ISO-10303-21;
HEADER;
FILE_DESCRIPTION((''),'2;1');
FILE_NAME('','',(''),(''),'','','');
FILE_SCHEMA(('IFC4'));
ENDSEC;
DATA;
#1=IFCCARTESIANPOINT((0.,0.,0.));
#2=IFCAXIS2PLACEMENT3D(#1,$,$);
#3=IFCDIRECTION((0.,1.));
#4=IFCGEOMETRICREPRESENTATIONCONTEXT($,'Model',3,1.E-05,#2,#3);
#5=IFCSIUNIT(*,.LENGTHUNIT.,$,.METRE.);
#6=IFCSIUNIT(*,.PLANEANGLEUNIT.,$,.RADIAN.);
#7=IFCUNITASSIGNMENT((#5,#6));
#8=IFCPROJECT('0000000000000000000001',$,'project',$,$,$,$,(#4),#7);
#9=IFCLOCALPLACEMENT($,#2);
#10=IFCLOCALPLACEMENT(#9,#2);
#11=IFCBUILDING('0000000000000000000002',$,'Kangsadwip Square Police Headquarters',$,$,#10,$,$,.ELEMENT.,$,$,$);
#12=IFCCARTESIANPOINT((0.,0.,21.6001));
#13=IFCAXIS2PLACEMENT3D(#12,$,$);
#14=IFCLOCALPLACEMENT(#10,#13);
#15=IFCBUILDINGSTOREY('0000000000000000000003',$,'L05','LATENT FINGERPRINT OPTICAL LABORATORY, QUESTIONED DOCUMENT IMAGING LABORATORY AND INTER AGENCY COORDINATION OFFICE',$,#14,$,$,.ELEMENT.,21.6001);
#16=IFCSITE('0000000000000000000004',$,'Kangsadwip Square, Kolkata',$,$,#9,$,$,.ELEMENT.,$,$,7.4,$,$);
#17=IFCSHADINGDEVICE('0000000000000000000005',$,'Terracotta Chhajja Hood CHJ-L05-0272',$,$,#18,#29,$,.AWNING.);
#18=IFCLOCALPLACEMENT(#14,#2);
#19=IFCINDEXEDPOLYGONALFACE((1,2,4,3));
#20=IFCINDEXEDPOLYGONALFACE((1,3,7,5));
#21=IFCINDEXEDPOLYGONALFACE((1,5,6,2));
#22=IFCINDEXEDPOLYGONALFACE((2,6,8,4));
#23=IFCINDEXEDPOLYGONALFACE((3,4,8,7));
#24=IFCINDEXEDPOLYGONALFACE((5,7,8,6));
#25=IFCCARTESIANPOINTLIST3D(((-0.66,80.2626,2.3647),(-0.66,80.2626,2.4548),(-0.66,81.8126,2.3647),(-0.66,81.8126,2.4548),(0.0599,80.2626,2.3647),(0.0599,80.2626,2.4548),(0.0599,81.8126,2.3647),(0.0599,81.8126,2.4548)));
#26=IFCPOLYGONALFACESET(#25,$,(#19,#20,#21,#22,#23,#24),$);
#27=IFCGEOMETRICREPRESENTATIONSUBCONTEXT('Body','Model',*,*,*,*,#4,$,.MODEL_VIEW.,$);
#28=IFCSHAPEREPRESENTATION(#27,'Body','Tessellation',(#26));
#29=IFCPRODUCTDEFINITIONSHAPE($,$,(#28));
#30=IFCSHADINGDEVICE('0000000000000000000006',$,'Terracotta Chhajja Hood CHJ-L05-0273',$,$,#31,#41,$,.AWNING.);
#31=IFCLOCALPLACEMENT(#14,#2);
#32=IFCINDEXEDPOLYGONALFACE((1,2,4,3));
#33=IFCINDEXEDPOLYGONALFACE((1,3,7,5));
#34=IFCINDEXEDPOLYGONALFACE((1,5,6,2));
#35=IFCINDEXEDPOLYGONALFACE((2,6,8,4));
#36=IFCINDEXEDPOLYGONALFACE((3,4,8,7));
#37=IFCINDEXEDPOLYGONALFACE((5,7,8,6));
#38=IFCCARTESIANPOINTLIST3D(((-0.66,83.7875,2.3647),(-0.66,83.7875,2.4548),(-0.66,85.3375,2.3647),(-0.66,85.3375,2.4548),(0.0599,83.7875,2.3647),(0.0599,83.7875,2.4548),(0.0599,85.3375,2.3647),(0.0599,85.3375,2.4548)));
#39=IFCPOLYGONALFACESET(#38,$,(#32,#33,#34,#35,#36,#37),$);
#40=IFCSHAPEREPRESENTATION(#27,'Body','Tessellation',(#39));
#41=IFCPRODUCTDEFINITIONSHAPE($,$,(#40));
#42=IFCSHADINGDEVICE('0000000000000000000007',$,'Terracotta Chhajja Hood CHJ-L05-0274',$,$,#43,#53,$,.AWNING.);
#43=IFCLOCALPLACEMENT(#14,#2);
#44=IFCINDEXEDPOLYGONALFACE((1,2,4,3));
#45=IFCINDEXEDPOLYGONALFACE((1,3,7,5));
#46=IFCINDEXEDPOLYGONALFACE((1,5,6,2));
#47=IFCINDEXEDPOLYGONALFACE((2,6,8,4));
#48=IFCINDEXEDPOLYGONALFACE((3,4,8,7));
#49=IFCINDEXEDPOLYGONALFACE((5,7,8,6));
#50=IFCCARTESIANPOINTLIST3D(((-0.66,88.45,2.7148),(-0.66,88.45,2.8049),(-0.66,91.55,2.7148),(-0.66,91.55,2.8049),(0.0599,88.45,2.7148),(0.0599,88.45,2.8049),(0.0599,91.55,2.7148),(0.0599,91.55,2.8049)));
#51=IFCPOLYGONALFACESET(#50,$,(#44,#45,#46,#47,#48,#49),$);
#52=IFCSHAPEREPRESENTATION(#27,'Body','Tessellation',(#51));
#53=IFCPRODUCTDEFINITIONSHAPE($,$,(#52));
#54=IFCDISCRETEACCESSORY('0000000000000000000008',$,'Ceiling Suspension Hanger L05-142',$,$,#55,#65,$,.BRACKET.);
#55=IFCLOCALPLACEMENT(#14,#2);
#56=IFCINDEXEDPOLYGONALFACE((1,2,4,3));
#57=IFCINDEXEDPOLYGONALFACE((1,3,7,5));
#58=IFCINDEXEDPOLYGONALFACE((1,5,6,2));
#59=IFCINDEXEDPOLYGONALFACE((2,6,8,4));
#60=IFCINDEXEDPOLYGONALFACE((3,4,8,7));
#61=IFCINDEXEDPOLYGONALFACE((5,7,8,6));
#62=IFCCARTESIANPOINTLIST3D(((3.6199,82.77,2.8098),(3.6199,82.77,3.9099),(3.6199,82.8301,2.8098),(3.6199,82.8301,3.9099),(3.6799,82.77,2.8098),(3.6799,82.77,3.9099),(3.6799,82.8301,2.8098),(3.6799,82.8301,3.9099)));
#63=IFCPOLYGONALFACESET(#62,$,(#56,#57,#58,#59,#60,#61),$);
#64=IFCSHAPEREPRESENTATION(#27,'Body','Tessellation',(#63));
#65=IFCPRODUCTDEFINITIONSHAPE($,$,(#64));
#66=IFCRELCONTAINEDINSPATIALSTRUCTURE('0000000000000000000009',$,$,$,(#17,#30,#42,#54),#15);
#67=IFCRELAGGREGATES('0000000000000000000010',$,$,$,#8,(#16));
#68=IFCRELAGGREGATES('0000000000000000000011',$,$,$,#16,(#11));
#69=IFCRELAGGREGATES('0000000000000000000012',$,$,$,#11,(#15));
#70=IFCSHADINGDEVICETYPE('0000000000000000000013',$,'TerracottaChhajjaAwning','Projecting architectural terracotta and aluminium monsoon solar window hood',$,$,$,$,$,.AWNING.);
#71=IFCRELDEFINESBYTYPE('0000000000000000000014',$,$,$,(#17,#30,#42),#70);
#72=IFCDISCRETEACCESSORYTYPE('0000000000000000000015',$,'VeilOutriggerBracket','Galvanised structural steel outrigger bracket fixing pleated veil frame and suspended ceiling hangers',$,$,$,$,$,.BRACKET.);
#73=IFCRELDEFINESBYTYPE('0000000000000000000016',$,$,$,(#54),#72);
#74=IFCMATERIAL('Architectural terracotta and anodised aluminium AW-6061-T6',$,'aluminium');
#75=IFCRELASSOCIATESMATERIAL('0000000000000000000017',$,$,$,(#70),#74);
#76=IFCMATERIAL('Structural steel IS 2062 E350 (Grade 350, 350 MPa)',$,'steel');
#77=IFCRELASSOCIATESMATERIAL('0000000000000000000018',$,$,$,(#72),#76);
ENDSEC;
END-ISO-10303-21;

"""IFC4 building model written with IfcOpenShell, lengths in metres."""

from ifc_helpers import new_model, si_unit, direction, frame, origin, origin_2d, place, context, subcontext, project, spatial, rectangle, extrude, material, type_object, element, save


model = new_model("IFC4")

# Units and contexts
model_context = context("Model", 3, precision=1e-05, world=origin(), true_north=direction((0.0, 1.0)))
body_context = subcontext(model_context, "Body", "Model", "MODEL_VIEW")
ifc_project = project(units=[si_unit("LENGTHUNIT", "METRE"), si_unit("PLANEANGLEUNIT", "RADIAN")], contexts=[model_context])

# Site, building, storey
site_placement = place(None, origin())
site = spatial("IfcSite", under=ifc_project, at=site_placement, Name="Kangsadwip Square, Kolkata", CompositionType="ELEMENT", RefElevation=7.4)
building_placement = place(site_placement, origin())
building = spatial("IfcBuilding", under=site, at=building_placement, Name="Kangsadwip Square Police Headquarters", CompositionType="ELEMENT")
storey_placement = place(building_placement, frame((0.0, 0.0, 21.6001)))
storey = spatial("IfcBuildingStorey", under=building, at=storey_placement, Name="L05", Description="LATENT FINGERPRINT OPTICAL LABORATORY, QUESTIONED DOCUMENT IMAGING LABORATORY AND INTER AGENCY COORDINATION OFFICE", CompositionType="ELEMENT", Elevation=21.6001)

# Shading devices
ifc_material_1 = material(Name="Architectural terracotta and anodised aluminium AW-6061-T6", Category="aluminium")
shading_device_type = type_object("IfcShadingDeviceType", Name="TerracottaChhajjaAwning", Description="Projecting architectural terracotta and aluminium monsoon solar window hood", PredefinedType="AWNING", material=ifc_material_1)
for number, where, z_axis, x_axis, name in (
    (1, (-0.3, 81.0376, 2.3647), (0.0, 0.0, 1.0), (0.0, 1.0, 0.0), "Terracotta Chhajja Hood CHJ-L05-0272"),
    (2, (-0.3, 84.5625, 2.3647), (0.0, 0.0, 1.0), (0.0, 1.0, 0.0), "Terracotta Chhajja Hood CHJ-L05-0273"),
):
    element("IfcShadingDevice", number, at=place(storey_placement, frame(where, z_axis=z_axis, x_axis=x_axis)), inside=storey, type_object=shading_device_type, Name=name, PredefinedType="AWNING", context=body_context, shape_type="SweptSolid", body=[
        extrude(rectangle(XDim=1.55, YDim=0.72, at=origin_2d()), origin(), (0.0, 0.0, 1.0), 0.0901),
    ])
shading_device_placement = place(storey_placement, frame((-0.3, 90.0, 2.7148), z_axis=(0.0, 0.0, 1.0), x_axis=(0.0, 1.0, 0.0)))
element("IfcShadingDevice", 3, at=shading_device_placement, inside=storey, type_object=shading_device_type, Name="Terracotta Chhajja Hood CHJ-L05-0274", PredefinedType="AWNING", context=body_context, shape_type="SweptSolid", body=[
    extrude(rectangle(XDim=3.1001, YDim=0.72, at=origin_2d()), origin(), (0.0, 0.0, 1.0), 0.0901),
])

# Discrete accessory
ifc_material_2 = material(Name="Structural steel IS 2062 E350 (Grade 350, 350 MPa)", Category="steel")
discrete_accessory_type = type_object("IfcDiscreteAccessoryType", Name="VeilOutriggerBracket", Description="Galvanised structural steel outrigger bracket fixing pleated veil frame and suspended ceiling hangers", PredefinedType="BRACKET", material=ifc_material_2)
discrete_accessory_placement = place(storey_placement, frame((3.6499, 82.8, 2.8098), z_axis=(0.0, 0.0, 1.0), x_axis=(1.0, 0.0, 0.0)))
element("IfcDiscreteAccessory", 4, at=discrete_accessory_placement, inside=storey, type_object=discrete_accessory_type, Name="Ceiling Suspension Hanger L05-142", PredefinedType="BRACKET", context=body_context, shape_type="SweptSolid", body=[
    extrude(rectangle(XDim=0.0601, YDim=0.0601, at=origin_2d()), origin(), (0.0, 0.0, 1.0), 1.1001),
])

save(model, "model.ifc")
